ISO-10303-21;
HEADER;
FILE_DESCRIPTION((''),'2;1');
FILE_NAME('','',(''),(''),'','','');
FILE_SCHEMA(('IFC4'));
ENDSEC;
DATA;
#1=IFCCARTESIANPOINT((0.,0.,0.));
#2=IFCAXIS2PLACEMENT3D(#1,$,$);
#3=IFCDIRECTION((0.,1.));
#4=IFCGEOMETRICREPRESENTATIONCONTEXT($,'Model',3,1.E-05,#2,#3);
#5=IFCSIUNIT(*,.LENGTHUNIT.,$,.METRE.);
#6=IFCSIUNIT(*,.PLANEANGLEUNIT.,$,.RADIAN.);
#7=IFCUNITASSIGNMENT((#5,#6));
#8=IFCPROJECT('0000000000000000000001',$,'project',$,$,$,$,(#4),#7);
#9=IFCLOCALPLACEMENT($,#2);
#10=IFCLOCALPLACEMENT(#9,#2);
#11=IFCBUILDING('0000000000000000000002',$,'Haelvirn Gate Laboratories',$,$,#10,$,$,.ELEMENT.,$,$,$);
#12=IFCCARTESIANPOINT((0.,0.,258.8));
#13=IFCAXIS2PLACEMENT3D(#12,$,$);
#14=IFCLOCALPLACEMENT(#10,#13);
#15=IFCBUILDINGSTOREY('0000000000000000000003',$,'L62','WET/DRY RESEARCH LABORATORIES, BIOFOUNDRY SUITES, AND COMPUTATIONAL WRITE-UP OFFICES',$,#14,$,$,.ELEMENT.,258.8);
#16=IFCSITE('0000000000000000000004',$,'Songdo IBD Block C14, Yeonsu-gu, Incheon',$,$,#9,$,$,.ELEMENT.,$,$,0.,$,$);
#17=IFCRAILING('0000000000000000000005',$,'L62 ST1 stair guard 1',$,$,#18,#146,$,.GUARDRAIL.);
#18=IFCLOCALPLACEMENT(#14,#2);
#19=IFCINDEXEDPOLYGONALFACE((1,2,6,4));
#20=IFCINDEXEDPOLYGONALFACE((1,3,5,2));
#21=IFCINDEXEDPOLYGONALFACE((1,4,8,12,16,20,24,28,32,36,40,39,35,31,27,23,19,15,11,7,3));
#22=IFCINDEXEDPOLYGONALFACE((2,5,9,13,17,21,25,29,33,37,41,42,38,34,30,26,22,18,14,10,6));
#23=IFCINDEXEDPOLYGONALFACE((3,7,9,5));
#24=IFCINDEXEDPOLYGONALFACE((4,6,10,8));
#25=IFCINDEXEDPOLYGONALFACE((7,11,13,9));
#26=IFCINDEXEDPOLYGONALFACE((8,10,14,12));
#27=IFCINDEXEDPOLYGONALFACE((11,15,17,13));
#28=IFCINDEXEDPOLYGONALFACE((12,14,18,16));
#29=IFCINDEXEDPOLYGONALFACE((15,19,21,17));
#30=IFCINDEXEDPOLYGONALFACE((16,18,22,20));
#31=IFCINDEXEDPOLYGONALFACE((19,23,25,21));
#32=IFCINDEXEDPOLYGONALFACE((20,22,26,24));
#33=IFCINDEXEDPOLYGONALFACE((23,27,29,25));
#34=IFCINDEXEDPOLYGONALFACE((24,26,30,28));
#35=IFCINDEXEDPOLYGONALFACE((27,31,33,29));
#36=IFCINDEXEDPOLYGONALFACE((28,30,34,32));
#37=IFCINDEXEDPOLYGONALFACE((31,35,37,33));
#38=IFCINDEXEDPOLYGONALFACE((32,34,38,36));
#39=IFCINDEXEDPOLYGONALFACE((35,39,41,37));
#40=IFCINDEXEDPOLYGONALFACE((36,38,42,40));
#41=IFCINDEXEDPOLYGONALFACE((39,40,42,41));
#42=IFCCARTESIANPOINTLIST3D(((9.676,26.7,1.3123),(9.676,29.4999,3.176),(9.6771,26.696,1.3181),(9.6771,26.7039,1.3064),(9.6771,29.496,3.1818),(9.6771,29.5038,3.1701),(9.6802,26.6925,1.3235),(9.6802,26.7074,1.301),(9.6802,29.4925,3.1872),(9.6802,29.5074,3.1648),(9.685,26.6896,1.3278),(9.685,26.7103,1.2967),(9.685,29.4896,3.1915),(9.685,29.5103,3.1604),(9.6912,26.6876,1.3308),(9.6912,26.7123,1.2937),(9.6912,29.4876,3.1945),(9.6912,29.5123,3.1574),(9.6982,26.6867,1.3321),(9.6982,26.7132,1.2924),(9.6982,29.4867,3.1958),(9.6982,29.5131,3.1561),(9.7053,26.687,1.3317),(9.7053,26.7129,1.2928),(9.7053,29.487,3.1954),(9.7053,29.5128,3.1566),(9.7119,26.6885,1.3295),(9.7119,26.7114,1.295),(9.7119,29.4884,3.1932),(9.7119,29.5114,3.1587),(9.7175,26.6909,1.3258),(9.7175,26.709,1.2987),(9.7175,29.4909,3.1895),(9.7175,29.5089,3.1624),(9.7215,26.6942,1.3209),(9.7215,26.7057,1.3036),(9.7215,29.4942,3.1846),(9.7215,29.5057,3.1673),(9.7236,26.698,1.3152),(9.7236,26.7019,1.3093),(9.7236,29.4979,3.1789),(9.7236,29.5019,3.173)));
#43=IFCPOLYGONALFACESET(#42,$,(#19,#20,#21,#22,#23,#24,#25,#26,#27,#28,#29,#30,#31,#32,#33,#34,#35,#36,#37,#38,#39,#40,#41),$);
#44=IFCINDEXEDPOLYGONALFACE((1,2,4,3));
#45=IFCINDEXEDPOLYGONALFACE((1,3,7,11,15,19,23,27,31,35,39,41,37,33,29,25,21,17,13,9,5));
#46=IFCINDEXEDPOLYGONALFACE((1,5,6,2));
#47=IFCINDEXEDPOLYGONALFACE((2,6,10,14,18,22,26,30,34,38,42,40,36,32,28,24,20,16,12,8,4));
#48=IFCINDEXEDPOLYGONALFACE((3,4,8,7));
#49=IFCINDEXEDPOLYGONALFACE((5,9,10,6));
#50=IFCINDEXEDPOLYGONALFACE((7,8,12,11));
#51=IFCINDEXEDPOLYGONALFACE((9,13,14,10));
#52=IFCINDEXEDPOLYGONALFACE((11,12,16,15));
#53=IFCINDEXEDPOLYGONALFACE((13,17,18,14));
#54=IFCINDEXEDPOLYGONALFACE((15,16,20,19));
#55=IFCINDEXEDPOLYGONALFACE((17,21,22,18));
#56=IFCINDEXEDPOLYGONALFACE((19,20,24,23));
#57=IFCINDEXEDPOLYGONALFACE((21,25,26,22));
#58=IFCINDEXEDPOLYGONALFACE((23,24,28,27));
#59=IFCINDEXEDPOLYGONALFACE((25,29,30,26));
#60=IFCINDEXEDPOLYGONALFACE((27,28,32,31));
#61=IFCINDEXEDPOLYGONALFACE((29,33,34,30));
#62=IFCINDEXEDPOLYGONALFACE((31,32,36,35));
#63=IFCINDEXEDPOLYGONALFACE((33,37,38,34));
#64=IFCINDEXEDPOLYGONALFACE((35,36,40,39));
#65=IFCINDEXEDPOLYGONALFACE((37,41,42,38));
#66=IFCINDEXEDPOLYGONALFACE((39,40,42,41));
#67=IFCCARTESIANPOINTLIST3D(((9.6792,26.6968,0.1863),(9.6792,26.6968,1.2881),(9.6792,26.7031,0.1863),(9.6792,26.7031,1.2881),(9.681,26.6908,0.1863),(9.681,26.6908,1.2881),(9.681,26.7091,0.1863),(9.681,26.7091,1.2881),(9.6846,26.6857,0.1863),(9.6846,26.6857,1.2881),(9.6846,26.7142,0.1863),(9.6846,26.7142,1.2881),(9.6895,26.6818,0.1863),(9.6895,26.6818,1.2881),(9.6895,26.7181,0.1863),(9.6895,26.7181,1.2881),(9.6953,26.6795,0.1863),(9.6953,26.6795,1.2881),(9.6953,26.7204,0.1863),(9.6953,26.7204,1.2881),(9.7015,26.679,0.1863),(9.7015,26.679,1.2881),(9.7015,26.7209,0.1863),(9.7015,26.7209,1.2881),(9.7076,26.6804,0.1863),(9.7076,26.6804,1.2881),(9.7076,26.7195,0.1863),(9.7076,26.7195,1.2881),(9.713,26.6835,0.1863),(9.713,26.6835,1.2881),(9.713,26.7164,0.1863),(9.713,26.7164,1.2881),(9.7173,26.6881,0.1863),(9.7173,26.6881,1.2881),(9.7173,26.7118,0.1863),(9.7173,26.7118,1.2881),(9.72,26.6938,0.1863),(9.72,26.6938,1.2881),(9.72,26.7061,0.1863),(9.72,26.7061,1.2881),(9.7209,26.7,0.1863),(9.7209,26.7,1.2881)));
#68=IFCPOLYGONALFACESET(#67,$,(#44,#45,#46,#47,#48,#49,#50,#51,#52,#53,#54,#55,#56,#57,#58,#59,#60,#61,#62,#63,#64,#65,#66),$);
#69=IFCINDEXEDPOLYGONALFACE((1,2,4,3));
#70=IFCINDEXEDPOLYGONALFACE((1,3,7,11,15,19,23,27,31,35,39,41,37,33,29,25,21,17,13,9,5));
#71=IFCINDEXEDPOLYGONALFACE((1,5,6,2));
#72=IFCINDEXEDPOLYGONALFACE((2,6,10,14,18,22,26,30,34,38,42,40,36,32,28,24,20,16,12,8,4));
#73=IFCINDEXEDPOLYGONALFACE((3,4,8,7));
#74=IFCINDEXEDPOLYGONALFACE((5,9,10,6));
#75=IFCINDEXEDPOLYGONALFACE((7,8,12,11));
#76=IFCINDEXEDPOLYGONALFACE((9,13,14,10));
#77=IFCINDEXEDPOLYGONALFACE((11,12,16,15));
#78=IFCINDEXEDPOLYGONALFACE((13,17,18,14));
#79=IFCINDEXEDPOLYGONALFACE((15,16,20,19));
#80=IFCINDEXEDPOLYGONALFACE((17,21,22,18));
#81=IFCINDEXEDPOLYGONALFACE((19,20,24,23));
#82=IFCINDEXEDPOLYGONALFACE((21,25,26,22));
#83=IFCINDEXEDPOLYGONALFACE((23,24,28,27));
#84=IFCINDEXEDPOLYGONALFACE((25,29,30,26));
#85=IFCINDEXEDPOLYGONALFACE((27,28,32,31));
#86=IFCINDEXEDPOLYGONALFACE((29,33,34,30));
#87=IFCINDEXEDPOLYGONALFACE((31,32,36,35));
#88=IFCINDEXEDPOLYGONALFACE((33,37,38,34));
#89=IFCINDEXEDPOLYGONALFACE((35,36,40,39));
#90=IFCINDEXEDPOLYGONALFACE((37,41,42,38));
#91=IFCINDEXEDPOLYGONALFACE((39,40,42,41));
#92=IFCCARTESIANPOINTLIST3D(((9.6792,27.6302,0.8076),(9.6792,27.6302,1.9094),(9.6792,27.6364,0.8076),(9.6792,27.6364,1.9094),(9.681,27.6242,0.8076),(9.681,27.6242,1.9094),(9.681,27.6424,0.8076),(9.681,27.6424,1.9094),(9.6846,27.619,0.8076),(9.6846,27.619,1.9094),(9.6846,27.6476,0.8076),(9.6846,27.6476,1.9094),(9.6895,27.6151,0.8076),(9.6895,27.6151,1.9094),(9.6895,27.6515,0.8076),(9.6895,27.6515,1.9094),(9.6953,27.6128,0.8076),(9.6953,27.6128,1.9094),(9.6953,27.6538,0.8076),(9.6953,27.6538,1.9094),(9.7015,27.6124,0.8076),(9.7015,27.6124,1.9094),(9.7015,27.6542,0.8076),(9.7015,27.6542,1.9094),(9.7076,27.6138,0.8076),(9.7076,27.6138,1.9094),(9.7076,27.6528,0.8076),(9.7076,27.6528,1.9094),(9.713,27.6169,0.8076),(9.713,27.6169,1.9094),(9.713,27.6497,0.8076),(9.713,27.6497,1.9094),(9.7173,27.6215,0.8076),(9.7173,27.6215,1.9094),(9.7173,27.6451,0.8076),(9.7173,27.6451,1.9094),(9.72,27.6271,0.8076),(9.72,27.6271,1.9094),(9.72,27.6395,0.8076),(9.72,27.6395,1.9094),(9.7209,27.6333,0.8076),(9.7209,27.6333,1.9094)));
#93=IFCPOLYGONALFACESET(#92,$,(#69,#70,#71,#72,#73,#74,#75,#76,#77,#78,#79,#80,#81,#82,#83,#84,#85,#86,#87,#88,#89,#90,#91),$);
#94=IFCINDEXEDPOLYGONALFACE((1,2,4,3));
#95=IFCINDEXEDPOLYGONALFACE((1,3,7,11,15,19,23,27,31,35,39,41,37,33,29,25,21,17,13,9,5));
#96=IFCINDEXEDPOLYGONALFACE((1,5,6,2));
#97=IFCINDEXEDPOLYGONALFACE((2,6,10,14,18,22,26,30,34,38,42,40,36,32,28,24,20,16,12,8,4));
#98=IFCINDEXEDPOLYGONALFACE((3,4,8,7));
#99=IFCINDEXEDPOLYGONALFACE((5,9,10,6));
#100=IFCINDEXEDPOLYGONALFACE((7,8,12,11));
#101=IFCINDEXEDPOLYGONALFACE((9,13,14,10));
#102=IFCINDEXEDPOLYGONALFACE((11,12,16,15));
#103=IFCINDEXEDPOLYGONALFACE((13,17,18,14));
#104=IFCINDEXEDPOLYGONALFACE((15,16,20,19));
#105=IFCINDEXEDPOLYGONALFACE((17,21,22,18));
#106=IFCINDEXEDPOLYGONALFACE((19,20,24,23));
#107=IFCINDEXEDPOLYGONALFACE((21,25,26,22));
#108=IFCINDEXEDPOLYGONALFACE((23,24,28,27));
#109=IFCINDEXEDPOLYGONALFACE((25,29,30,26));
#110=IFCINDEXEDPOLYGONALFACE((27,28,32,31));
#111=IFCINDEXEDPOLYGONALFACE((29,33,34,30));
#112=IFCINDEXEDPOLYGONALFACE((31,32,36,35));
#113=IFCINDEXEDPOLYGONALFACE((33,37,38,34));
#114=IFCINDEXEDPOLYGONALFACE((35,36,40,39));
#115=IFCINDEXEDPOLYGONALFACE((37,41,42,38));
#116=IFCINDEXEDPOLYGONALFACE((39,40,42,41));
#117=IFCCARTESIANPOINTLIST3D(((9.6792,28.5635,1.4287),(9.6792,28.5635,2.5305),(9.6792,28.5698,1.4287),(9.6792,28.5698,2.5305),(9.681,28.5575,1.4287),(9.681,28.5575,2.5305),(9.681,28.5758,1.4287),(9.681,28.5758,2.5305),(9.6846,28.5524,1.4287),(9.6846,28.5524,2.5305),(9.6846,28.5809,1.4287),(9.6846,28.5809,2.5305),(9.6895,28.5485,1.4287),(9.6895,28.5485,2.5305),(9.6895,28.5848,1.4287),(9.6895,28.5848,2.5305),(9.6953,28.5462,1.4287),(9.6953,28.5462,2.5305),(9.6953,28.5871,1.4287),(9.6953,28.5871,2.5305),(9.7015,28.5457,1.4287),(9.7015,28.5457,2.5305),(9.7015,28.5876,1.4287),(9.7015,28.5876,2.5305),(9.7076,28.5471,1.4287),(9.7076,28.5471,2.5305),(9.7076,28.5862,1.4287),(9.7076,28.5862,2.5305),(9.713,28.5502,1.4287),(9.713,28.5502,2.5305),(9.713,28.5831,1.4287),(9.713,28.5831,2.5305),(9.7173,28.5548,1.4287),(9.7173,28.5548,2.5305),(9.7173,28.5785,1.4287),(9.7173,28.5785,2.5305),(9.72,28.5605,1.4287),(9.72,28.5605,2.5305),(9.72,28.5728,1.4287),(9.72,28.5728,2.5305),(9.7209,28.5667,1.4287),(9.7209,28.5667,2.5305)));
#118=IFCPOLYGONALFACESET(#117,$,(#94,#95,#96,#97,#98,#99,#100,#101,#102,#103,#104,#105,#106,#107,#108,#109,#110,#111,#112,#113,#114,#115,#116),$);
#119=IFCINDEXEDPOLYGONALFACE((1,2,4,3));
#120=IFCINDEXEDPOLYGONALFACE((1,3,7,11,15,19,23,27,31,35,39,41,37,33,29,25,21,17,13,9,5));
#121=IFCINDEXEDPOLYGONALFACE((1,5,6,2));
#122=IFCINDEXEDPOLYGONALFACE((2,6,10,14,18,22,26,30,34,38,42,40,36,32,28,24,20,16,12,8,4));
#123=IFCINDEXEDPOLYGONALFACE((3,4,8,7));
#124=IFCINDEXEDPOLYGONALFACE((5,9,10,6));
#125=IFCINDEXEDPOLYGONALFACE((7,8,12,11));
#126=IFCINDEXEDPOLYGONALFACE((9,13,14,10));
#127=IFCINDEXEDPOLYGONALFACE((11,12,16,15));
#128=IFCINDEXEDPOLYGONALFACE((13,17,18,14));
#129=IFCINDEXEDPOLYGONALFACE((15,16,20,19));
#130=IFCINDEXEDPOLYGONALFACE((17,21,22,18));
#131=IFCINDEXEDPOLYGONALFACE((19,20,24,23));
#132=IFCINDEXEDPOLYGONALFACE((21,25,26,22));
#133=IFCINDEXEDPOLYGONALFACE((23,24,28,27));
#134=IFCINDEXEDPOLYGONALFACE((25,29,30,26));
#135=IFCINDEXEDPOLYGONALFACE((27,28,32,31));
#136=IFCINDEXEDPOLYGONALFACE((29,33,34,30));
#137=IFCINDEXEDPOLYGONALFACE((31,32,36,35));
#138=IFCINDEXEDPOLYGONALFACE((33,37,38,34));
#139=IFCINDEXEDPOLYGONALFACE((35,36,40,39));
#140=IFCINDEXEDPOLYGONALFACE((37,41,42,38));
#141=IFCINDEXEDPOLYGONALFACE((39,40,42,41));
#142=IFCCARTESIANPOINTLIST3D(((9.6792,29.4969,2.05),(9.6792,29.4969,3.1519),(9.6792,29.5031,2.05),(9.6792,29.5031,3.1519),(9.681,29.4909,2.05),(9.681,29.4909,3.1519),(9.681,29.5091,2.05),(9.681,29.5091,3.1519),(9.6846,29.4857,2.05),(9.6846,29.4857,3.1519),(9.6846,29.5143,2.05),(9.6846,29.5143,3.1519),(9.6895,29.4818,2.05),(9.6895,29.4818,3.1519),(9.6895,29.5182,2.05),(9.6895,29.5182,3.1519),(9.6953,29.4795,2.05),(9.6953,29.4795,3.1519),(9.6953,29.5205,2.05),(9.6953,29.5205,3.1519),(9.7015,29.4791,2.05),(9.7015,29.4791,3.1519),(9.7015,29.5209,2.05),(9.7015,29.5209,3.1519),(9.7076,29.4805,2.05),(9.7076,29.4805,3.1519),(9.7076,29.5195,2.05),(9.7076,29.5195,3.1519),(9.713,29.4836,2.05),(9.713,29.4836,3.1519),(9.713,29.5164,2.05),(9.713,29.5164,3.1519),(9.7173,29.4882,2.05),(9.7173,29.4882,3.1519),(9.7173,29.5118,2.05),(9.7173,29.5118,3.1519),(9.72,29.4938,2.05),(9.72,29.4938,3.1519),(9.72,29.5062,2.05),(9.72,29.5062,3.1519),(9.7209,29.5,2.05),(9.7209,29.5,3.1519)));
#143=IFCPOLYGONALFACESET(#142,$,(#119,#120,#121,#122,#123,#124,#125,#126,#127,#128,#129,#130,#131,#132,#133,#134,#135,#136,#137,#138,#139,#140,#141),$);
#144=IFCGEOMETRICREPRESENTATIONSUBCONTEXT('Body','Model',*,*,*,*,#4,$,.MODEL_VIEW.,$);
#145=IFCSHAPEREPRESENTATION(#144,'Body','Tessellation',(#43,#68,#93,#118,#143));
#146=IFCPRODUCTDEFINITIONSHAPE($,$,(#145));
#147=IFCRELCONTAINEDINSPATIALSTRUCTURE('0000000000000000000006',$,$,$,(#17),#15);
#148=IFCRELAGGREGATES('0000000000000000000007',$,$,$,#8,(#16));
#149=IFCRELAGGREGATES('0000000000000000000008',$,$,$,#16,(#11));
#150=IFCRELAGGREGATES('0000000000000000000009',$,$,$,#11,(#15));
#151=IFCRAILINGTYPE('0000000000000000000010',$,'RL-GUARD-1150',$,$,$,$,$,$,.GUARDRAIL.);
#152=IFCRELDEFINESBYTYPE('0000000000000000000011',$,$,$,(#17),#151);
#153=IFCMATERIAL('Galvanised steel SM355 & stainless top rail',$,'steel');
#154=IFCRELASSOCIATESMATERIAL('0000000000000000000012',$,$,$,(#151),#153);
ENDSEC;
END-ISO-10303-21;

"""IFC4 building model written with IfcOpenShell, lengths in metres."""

from ifc_helpers import new_model, si_unit, direction, frame, origin, origin_2d, place, context, subcontext, project, spatial, circle, extrude, source, transform, mapped, material, type_object, element, save


model = new_model("IFC4")

# Units and contexts
model_context = context("Model", 3, precision=1e-05, world=origin(), true_north=direction((0.0, 1.0)))
body_context = subcontext(model_context, "Body", "Model", "MODEL_VIEW")
ifc_project = project(units=[si_unit("LENGTHUNIT", "METRE"), si_unit("PLANEANGLEUNIT", "RADIAN")], contexts=[model_context])

# Site, building, storey
site_placement = place(None, origin())
site = spatial("IfcSite", under=ifc_project, at=site_placement, Name="Songdo IBD Block C14, Yeonsu-gu, Incheon", CompositionType="ELEMENT", RefElevation=0.0)
building_placement = place(site_placement, origin())
building = spatial("IfcBuilding", under=site, at=building_placement, Name="Haelvirn Gate Laboratories", CompositionType="ELEMENT")
storey_placement = place(building_placement, frame((0.0, 0.0, 258.8)))
storey = spatial("IfcBuildingStorey", under=building, at=storey_placement, Name="L62", Description="WET/DRY RESEARCH LABORATORIES, BIOFOUNDRY SUITES, AND COMPUTATIONAL WRITE-UP OFFICES", CompositionType="ELEMENT", Elevation=258.8)

# Railing
ifc_material_1 = material(Name="Galvanised steel SM355 & stainless top rail", Category="steel")
railing_type_1 = type_object("IfcRailingType", Name="RL-GUARD-1150", PredefinedType="GUARDRAIL", material=ifc_material_1)
shared_shape_1 = source(origin(), body_context, "Body", "SweptSolid", [
    extrude(circle(Radius=0.0239, at=origin_2d()), frame((0.0, 0.0, 1.126), z_axis=(0.0, 0.832452, 0.554097), x_axis=(-1.0, 0.0, 0.0)), (0.0, 0.0, 1.0), 3.3635),
    extrude(circle(Radius=0.021, at=origin_2d()), origin(), (0.0, 0.0, 1.0), 1.1018),
    extrude(circle(Radius=0.021, at=origin_2d()), frame((0.0, 0.9333, 0.6213)), (0.0, 0.0, 1.0), 1.1018),
    extrude(circle(Radius=0.021, at=origin_2d()), frame((0.0, 1.8667, 1.2424)), (0.0, 0.0, 1.0), 1.1018),
    extrude(circle(Radius=0.021, at=origin_2d()), frame((0.0, 2.8, 1.8638)), (0.0, 0.0, 1.0), 1.1018),
])
railing_1_placement = place(storey_placement, frame((9.7, 26.7, 0.1863)))
element("IfcRailing", 1, at=railing_1_placement, inside=storey, type_object=railing_type_1, Name="L62 ST1 stair guard 1", PredefinedType="GUARDRAIL", context=body_context, shape_type="MappedRepresentation", body=[
    mapped(shared_shape_1, transform((0.0, 0.0, 0.0), scale=1.0)),
])

save(model, "model.ifc")
